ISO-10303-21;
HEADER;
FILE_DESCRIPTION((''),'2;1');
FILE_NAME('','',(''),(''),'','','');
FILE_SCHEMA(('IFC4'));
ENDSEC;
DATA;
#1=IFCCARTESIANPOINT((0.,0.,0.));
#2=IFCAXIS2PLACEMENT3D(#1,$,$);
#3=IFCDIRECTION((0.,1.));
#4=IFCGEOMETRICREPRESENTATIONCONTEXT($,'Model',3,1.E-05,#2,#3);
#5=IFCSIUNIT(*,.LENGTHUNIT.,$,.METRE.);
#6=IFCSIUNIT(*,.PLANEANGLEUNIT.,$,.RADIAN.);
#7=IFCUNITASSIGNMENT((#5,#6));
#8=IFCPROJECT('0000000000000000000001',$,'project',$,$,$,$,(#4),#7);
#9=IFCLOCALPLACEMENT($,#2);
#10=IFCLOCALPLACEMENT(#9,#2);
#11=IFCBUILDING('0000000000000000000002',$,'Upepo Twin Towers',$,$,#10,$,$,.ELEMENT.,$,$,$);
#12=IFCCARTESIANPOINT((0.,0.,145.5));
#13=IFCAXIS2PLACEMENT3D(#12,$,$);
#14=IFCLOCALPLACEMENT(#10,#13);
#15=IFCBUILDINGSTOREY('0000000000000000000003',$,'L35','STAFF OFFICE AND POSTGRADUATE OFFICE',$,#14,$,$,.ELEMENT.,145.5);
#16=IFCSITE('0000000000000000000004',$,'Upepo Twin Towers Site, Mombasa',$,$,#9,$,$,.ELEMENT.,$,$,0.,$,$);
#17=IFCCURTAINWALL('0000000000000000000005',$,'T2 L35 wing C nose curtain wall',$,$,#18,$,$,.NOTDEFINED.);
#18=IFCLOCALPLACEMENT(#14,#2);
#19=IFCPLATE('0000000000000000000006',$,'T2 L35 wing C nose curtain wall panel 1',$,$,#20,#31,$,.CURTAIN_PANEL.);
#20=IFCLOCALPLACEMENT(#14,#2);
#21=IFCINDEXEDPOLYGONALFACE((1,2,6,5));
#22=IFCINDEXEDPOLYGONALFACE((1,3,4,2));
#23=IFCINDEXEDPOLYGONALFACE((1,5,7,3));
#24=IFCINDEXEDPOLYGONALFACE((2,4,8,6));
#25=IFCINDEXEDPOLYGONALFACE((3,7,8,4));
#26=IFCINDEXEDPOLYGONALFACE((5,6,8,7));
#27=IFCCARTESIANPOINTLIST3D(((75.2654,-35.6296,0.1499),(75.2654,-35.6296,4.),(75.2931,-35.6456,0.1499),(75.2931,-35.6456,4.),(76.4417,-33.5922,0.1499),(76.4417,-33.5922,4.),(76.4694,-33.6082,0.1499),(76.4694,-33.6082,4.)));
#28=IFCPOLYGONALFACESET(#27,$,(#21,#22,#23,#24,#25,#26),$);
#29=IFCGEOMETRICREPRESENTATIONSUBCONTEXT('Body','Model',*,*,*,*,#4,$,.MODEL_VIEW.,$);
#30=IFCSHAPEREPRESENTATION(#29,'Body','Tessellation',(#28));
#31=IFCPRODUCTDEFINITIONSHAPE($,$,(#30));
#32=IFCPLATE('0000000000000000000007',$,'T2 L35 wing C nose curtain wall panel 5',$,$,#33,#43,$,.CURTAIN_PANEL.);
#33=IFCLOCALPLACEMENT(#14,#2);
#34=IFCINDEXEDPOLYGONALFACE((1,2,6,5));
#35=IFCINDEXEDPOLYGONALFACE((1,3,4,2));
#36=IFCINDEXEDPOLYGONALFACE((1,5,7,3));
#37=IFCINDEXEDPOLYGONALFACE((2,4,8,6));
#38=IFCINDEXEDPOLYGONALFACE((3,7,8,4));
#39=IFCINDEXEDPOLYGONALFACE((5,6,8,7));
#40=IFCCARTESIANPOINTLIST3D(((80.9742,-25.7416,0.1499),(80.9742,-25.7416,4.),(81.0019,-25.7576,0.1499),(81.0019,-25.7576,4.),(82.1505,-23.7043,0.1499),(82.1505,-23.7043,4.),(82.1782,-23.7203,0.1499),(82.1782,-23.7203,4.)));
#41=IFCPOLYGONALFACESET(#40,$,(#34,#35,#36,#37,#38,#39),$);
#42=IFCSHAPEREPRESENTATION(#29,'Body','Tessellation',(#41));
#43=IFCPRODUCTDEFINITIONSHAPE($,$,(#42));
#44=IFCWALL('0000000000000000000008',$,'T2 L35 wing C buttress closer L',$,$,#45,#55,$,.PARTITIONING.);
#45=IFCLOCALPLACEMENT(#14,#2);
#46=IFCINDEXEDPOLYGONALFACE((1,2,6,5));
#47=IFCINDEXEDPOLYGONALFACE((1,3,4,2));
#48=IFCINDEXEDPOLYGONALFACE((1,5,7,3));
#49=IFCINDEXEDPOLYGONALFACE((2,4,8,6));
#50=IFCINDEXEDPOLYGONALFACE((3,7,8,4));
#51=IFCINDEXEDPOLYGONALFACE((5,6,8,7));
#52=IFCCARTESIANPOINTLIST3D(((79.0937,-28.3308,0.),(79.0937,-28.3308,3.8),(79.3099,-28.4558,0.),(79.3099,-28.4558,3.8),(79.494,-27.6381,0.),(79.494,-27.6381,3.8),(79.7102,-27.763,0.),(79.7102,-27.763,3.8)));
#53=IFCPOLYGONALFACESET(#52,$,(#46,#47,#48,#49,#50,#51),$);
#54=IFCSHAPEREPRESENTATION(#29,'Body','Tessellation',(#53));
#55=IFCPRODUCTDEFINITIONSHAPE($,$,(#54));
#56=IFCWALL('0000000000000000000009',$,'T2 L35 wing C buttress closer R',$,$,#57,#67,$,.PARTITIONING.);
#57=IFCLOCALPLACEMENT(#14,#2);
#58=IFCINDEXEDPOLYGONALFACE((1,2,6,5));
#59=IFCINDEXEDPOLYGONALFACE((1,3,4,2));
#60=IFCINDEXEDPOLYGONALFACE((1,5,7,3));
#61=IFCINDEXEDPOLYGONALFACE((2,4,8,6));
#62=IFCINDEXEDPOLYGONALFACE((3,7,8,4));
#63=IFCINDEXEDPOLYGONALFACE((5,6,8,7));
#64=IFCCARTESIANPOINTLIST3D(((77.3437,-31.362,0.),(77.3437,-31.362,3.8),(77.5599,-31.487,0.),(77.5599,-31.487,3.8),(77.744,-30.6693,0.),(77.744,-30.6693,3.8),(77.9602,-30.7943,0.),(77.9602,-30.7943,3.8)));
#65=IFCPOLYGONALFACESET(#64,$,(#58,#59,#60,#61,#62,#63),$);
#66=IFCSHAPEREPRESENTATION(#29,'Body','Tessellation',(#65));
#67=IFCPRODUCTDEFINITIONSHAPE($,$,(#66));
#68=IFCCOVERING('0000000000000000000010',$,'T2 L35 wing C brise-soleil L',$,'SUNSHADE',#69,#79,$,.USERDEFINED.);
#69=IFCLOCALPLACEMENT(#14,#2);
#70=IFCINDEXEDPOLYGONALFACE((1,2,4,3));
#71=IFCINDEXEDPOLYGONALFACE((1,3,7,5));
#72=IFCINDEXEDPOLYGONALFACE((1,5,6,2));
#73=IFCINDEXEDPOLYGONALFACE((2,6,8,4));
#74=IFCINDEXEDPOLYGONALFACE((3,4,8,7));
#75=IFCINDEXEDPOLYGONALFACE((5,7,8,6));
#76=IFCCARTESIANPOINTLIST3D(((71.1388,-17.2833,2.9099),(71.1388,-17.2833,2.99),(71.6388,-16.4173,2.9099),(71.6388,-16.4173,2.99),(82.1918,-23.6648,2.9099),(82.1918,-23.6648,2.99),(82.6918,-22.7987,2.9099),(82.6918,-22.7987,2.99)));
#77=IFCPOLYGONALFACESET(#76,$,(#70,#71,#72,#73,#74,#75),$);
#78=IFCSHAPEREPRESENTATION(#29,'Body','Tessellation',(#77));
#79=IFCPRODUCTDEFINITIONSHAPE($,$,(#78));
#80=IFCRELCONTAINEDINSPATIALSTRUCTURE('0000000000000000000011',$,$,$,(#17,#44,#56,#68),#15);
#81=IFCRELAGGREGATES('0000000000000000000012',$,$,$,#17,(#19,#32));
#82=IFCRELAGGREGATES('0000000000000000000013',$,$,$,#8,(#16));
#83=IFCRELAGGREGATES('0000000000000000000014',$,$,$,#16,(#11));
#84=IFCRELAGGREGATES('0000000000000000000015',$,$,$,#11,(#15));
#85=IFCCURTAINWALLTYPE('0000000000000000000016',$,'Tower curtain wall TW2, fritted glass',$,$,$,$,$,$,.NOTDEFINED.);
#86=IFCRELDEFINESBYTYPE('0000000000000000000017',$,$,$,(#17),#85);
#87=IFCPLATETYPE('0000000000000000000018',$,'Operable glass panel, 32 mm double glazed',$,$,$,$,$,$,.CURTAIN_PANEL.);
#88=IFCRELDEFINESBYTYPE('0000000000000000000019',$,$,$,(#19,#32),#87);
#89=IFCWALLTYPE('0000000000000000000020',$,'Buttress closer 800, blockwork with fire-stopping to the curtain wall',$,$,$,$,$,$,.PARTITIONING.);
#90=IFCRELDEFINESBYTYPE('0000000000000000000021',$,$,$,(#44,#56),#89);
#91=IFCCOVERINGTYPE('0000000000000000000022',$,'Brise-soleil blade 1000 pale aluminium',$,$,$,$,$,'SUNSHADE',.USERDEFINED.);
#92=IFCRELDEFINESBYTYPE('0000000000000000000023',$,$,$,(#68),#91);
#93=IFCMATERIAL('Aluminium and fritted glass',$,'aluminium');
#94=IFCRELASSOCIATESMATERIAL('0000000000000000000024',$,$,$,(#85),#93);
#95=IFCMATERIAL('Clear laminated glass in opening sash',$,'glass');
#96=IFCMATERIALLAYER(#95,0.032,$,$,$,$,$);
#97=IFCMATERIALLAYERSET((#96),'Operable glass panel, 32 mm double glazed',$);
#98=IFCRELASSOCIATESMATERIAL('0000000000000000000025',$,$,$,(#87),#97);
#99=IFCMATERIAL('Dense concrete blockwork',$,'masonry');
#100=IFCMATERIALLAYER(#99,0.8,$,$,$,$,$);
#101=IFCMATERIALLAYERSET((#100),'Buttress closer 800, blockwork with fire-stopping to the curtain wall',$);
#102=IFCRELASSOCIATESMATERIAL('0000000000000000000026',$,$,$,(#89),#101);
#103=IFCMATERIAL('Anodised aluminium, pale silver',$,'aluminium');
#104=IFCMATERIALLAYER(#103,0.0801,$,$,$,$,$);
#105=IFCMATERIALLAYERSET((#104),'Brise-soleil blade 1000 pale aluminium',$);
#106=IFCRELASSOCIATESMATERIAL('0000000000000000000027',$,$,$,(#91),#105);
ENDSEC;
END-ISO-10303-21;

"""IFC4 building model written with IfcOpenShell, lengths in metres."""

from ifc_helpers import new_model, si_unit, direction, frame, frame_2d, origin, origin_2d, place, context, subcontext, project, spatial, rectangle, extrude, material, layer, layer_set, type_object, element, aggregate, save


model = new_model("IFC4")

# Units and contexts
model_context = context("Model", 3, precision=1e-05, world=origin(), true_north=direction((0.0, 1.0)))
body_context = subcontext(model_context, "Body", "Model", "MODEL_VIEW")
ifc_project = project(units=[si_unit("LENGTHUNIT", "METRE"), si_unit("PLANEANGLEUNIT", "RADIAN")], contexts=[model_context])

# Site, building, storey
site_placement = place(None, origin())
site = spatial("IfcSite", under=ifc_project, at=site_placement, Name="Upepo Twin Towers Site, Mombasa", CompositionType="ELEMENT", RefElevation=0.0)
building_placement = place(site_placement, origin())
building = spatial("IfcBuilding", under=site, at=building_placement, Name="Upepo Twin Towers", CompositionType="ELEMENT")
storey_placement = place(building_placement, frame((0.0, 0.0, 145.5)))
storey = spatial("IfcBuildingStorey", under=building, at=storey_placement, Name="L35", Description="STAFF OFFICE AND POSTGRADUATE OFFICE", CompositionType="ELEMENT", Elevation=145.5)

# Shared definitions
ifc_material_1 = material(Name="Aluminium and fritted glass", Category="aluminium")
curtain_wall_type = type_object("IfcCurtainWallType", Name="Tower curtain wall TW2, fritted glass", PredefinedType="NOTDEFINED", material=ifc_material_1)

# Curtain wall
curtain_wall_1_placement = place(storey_placement, origin())
curtain_wall_1 = element("IfcCurtainWall", 1, at=curtain_wall_1_placement, inside=storey, type_object=curtain_wall_type, Name="T2 L35 wing C nose curtain wall", PredefinedType="NOTDEFINED")

# Plates
ifc_material_2 = material(Name="Clear laminated glass in opening sash", Category="glass")
ifc_layer_1 = layer(ifc_material_2, 0.032)
ifc_layer_set_1 = layer_set([ifc_layer_1], Name="Operable glass panel, 32 mm double glazed")
plate_type_1 = type_object("IfcPlateType", Name="Operable glass panel, 32 mm double glazed", PredefinedType="CURTAIN_PANEL", material=ifc_layer_set_1)
plate_1_placement = place(storey_placement, frame((75.8674, -34.6189, 0.1499), z_axis=(0.0, 0.0, 1.0), x_axis=(0.5, 0.866025, 0.0)))
plate_1 = element("IfcPlate", 2, at=plate_1_placement, type_object=plate_type_1, Name="T2 L35 wing C nose curtain wall panel 1", PredefinedType="CURTAIN_PANEL", context=body_context, shape_type="SweptSolid", body=[
    extrude(rectangle(XDim=2.3525, YDim=0.032, at=origin_2d()), origin(), (0.0, 0.0, 1.0), 3.8501),
])
plate_2_placement = place(storey_placement, frame((81.5762, -24.731, 0.1499), z_axis=(0.0, 0.0, 1.0), x_axis=(0.5, 0.866025, 0.0)))
plate_2 = element("IfcPlate", 3, at=plate_2_placement, type_object=plate_type_1, Name="T2 L35 wing C nose curtain wall panel 5", PredefinedType="CURTAIN_PANEL", context=body_context, shape_type="SweptSolid", body=[
    extrude(rectangle(XDim=2.3525, YDim=0.032, at=origin_2d()), origin(), (0.0, 0.0, 1.0), 3.8501),
])
aggregate(curtain_wall_1, [plate_1, plate_2])

# Walls
ifc_material_3 = material(Name="Dense concrete blockwork", Category="masonry")
ifc_layer_2 = layer(ifc_material_3, 0.8)
ifc_layer_set_2 = layer_set([ifc_layer_2], Name="Buttress closer 800, blockwork with fire-stopping to the curtain wall")
wall_type = type_object("IfcWallType", Name="Buttress closer 800, blockwork with fire-stopping to the curtain wall", PredefinedType="PARTITIONING", material=ifc_layer_set_2)
for number, where, z_axis, x_axis, name in (
    (4, (79.2937, -27.9844, 0.0), (0.0, 0.0, 1.0), (0.865827, -0.500343, 0.0), "T2 L35 wing C buttress closer L"),
    (5, (77.5437, -31.0156, 0.0), (0.0, 0.0, 1.0), (0.865827, -0.500343, 0.0), "T2 L35 wing C buttress closer R"),
):
    element("IfcWall", number, at=place(storey_placement, frame(where, z_axis=z_axis, x_axis=x_axis)), inside=storey, type_object=wall_type, Name=name, PredefinedType="PARTITIONING", context=body_context, shape_type="SweptSolid", body=[
        extrude(rectangle(XDim=0.2498, YDim=0.8, at=frame_2d((0.125, 0.0))), origin(), (0.0, 0.0, 1.0), 3.8),
    ])

# Covering
ifc_material_4 = material(Name="Anodised aluminium, pale silver", Category="aluminium")
ifc_layer_3 = layer(ifc_material_4, 0.0801)
ifc_layer_set_3 = layer_set([ifc_layer_3], Name="Brise-soleil blade 1000 pale aluminium")
covering_type = type_object("IfcCoveringType", Name="Brise-soleil blade 1000 pale aluminium", ElementType="SUNSHADE", PredefinedType="USERDEFINED", material=ifc_layer_set_3)
covering_placement = place(storey_placement, frame((76.9153, -20.041, 2.9099), z_axis=(0.0, 0.0, 1.0), x_axis=(0.866025, -0.5, 0.0)))
element("IfcCovering", 6, at=covering_placement, inside=storey, type_object=covering_type, Name="T2 L35 wing C brise-soleil L", ObjectType="SUNSHADE", PredefinedType="USERDEFINED", context=body_context, shape_type="SweptSolid", body=[
    extrude(rectangle(XDim=12.7629, YDim=1.0, at=origin_2d()), origin(), (0.0, 0.0, 1.0), 0.0801),
])

save(model, "model.ifc")
